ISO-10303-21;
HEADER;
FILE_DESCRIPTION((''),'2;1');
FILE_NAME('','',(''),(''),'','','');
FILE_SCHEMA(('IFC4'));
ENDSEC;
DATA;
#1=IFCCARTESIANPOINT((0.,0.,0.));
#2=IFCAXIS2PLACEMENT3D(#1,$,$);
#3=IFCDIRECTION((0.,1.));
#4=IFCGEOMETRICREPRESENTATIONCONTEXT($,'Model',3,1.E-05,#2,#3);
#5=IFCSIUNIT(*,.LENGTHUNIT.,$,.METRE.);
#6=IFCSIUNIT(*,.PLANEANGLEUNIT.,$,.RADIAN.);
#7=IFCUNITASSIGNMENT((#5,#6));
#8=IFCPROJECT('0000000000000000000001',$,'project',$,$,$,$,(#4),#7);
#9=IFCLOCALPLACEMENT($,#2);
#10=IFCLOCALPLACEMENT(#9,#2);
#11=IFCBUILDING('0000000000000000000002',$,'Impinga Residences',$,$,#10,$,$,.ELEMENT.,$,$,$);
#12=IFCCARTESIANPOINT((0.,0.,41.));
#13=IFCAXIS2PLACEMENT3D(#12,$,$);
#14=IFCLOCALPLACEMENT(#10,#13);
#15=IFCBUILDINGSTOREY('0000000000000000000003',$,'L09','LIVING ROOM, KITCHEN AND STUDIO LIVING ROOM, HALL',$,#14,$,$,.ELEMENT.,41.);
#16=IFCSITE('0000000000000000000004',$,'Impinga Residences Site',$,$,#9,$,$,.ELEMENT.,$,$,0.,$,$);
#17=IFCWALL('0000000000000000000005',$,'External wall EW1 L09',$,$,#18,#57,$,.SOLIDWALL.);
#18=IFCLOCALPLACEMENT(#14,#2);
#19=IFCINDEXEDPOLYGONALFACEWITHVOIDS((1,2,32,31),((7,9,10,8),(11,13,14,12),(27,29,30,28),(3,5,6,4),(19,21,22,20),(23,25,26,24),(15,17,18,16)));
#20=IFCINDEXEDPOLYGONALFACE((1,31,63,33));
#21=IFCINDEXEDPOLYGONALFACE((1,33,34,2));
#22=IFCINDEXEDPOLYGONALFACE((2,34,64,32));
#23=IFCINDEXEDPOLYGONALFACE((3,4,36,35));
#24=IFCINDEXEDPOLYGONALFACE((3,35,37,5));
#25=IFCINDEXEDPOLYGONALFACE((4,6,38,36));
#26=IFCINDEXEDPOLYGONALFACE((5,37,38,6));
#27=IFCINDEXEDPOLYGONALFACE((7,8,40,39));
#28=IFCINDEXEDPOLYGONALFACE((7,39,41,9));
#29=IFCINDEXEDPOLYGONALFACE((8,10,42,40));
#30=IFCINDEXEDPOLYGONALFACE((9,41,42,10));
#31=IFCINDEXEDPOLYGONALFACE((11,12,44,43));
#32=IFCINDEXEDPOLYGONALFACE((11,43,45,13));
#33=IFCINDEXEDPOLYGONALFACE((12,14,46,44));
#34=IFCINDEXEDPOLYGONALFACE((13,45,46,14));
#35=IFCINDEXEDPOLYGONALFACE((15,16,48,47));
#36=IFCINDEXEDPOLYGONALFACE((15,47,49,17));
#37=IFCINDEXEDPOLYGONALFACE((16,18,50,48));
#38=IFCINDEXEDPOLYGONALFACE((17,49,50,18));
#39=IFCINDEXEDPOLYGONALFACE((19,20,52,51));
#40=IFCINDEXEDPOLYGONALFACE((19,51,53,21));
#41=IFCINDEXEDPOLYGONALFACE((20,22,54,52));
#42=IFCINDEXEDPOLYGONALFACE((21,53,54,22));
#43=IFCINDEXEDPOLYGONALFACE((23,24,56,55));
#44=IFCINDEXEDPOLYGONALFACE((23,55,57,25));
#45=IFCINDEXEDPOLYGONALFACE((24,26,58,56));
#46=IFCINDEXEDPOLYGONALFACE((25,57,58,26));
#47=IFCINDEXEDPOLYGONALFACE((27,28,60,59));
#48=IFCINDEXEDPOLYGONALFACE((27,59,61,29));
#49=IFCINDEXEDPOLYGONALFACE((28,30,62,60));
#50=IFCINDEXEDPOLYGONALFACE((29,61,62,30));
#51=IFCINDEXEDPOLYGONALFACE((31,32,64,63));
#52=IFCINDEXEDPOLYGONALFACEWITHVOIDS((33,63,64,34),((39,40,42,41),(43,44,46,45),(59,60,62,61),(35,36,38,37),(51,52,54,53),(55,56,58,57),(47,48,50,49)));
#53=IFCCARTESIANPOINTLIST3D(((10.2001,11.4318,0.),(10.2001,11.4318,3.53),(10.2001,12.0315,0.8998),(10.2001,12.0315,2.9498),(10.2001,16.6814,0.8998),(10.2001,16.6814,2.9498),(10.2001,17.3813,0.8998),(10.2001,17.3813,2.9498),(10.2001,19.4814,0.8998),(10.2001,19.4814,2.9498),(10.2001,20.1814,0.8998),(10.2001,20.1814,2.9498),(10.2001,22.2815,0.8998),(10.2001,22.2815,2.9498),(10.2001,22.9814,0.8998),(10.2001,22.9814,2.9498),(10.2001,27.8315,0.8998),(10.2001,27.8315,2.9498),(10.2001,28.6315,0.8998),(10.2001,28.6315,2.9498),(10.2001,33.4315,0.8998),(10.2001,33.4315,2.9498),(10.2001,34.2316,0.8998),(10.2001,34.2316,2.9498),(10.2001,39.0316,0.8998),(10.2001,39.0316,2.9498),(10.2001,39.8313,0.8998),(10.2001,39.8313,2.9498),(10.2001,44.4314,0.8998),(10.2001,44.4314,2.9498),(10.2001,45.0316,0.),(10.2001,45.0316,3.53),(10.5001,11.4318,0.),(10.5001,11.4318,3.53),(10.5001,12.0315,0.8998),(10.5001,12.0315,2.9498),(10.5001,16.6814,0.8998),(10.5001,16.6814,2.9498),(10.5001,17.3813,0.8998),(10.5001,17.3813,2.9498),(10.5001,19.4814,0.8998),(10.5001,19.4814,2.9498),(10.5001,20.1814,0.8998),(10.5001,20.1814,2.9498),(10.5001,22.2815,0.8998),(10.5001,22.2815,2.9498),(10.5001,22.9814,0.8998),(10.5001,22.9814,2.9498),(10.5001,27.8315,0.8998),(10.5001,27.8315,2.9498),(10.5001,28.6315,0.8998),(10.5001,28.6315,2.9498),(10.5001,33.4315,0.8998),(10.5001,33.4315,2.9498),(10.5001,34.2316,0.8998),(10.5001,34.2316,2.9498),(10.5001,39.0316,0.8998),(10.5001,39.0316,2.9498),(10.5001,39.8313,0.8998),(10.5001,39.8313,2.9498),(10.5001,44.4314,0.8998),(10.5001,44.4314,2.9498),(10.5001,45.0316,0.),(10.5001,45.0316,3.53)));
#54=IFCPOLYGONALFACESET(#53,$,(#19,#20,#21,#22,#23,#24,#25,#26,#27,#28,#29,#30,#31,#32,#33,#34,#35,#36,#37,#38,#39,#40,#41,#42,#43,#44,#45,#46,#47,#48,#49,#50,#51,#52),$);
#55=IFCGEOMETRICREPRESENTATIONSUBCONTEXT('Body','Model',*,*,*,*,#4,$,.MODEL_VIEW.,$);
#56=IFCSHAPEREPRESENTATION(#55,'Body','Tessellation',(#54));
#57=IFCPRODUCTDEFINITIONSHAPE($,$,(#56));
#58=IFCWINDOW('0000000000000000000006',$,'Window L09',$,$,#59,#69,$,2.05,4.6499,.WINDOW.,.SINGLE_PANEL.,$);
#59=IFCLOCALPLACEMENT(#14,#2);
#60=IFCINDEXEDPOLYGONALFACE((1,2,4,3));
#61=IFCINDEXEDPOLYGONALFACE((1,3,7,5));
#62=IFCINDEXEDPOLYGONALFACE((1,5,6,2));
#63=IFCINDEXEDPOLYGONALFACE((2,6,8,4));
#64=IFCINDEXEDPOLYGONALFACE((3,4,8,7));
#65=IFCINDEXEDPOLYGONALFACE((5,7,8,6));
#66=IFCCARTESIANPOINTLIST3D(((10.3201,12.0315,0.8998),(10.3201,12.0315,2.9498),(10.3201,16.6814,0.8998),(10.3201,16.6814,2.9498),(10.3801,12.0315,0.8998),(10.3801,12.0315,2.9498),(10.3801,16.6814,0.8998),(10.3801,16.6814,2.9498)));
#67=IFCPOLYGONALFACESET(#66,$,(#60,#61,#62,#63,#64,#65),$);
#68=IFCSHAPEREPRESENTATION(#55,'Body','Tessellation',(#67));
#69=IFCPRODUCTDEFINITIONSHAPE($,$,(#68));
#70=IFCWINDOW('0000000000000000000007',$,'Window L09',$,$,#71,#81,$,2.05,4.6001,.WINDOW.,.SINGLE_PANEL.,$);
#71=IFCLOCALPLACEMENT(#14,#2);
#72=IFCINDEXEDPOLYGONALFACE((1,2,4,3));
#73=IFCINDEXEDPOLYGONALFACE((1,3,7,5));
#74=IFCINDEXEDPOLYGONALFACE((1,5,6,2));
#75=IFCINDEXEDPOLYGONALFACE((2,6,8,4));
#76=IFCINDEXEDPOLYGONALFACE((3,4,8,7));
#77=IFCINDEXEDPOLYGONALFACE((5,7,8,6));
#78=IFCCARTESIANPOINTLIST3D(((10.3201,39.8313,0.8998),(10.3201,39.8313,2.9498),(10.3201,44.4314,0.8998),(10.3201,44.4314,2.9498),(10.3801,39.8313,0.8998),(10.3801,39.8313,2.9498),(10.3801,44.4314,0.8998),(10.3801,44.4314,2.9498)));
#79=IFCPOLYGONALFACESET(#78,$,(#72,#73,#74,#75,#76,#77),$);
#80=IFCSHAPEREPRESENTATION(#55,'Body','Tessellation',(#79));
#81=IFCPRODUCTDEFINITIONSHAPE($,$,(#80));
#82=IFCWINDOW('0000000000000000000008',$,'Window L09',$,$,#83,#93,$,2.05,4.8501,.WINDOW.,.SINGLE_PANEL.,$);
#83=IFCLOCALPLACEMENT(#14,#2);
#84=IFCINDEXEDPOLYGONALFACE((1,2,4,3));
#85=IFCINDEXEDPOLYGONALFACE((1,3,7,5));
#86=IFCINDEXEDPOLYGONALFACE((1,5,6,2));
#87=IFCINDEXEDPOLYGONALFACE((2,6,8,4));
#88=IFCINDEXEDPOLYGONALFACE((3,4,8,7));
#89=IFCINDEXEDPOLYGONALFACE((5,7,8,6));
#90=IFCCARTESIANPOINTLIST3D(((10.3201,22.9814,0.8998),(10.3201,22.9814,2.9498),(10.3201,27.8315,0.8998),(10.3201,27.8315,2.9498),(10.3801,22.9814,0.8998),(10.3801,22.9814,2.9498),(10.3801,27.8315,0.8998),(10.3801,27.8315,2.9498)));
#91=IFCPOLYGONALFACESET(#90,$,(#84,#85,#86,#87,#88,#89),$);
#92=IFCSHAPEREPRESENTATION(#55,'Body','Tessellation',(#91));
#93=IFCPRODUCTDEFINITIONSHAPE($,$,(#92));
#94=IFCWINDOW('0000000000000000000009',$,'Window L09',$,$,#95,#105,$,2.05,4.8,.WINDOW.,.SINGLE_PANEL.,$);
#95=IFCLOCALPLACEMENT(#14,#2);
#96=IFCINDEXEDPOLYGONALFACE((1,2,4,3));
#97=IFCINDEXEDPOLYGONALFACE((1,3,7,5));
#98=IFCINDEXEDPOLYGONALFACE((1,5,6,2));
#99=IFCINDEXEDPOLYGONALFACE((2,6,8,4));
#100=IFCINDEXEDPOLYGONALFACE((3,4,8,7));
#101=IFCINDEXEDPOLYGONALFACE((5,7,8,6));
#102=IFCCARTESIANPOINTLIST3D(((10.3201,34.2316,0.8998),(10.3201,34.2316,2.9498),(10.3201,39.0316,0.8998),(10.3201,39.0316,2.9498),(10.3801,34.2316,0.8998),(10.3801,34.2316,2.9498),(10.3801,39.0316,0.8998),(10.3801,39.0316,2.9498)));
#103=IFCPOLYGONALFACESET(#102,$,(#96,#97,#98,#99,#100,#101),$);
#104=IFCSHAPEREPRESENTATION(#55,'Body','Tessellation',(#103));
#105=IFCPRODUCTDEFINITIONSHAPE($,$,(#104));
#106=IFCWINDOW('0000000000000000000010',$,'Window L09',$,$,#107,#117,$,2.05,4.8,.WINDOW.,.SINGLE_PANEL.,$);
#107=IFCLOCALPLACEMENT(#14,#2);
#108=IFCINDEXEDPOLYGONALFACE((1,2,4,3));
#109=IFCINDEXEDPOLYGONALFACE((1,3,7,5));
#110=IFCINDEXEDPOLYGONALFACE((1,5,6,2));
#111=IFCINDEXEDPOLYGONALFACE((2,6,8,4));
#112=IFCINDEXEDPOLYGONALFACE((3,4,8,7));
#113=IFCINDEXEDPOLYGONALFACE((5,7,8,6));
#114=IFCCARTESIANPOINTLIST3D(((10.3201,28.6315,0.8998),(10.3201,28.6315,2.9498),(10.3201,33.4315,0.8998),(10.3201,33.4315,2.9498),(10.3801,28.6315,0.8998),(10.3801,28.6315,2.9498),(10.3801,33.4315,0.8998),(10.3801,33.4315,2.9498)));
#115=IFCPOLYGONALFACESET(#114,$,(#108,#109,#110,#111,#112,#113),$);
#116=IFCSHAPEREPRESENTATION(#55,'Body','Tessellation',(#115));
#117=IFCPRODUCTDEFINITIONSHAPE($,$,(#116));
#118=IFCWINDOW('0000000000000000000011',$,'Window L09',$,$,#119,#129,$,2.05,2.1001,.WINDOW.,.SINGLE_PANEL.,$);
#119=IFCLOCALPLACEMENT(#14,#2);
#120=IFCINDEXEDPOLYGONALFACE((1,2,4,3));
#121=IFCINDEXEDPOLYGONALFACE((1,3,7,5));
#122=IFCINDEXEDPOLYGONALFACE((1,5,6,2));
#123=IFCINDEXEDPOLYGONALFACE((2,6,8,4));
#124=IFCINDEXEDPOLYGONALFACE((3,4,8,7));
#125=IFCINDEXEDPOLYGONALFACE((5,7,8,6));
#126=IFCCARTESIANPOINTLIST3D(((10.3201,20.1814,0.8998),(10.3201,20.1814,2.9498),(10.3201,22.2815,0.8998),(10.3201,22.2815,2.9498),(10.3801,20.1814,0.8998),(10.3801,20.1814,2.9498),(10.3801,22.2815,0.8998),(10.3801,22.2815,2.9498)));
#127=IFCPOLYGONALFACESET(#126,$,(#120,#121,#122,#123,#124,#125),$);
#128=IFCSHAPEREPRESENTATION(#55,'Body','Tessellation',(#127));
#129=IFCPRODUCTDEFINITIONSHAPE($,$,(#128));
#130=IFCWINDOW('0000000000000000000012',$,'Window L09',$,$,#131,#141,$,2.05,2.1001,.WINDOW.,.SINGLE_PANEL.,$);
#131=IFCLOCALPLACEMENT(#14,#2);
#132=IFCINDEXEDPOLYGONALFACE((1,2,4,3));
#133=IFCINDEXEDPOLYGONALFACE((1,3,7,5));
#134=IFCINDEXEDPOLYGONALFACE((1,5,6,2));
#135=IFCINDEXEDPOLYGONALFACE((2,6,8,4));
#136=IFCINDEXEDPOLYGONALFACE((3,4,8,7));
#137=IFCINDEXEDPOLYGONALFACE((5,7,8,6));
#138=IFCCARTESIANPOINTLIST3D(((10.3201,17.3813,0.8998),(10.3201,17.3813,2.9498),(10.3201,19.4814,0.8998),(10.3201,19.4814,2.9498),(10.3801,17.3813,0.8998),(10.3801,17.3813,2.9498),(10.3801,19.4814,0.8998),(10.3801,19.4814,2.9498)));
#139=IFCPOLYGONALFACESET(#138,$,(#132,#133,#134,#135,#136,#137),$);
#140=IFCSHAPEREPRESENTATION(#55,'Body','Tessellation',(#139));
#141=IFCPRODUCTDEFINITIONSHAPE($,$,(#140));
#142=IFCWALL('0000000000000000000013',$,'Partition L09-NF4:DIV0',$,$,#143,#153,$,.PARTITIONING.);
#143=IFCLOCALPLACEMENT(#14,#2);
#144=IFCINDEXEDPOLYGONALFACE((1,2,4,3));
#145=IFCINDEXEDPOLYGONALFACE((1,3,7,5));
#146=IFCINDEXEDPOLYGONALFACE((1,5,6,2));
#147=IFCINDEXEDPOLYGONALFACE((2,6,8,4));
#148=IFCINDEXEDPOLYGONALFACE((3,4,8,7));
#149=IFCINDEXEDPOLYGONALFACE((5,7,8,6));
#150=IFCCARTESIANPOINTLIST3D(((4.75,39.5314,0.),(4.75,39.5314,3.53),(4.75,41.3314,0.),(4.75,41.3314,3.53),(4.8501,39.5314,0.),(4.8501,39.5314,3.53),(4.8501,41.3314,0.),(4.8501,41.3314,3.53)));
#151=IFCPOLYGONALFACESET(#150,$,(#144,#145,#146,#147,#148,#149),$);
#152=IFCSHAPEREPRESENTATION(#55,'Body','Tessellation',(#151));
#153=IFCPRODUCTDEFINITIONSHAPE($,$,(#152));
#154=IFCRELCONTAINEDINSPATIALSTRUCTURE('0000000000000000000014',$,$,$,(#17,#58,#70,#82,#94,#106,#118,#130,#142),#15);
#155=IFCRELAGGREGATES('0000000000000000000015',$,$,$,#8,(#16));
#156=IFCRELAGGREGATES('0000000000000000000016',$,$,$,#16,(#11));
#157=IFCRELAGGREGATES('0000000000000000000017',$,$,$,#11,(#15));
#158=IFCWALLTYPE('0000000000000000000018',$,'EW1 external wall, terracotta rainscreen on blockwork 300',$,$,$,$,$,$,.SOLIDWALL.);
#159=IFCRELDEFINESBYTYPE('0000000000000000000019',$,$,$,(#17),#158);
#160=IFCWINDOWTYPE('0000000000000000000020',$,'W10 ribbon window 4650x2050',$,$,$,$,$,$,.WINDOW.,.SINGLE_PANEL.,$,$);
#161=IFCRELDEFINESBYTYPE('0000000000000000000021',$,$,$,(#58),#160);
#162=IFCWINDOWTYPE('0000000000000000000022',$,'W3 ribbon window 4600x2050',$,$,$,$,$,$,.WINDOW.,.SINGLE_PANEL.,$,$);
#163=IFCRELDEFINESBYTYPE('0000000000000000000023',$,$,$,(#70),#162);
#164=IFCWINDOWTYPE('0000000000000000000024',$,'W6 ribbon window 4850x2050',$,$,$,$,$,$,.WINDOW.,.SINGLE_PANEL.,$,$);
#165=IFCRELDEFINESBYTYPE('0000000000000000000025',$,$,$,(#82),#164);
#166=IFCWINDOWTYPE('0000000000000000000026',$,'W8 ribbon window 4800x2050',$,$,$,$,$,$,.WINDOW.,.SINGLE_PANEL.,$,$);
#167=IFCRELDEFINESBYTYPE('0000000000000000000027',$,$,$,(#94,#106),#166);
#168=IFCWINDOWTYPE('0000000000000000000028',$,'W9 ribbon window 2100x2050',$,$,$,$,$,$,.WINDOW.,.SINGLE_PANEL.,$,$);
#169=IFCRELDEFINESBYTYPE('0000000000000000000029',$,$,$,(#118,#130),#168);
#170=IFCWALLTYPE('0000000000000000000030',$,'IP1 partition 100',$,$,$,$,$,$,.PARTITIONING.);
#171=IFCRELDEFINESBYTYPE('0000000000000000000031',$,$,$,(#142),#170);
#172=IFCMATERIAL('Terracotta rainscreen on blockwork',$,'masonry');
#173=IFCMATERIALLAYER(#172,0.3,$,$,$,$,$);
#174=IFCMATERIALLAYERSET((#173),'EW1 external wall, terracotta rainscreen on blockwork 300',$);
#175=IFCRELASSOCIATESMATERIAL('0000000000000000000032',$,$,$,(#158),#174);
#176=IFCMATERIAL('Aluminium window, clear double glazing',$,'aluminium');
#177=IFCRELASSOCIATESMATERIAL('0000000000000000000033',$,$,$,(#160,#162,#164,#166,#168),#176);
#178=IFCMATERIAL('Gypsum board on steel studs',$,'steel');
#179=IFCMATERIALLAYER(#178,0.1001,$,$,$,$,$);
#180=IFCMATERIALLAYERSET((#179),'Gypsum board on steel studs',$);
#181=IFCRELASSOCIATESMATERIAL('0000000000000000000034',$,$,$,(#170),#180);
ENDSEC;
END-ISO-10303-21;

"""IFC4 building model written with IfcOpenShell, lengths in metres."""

from ifc_helpers import new_model, si_unit, direction, frame, frame_2d, origin, place, context, subcontext, project, spatial, rectangle, extrude, material, layer, layer_set, type_object, element, fill, save


model = new_model("IFC4")

# Units and contexts
model_context = context("Model", 3, precision=1e-05, world=origin(), true_north=direction((0.0, 1.0)))
body_context = subcontext(model_context, "Body", "Model", "MODEL_VIEW")
ifc_project = project(units=[si_unit("LENGTHUNIT", "METRE"), si_unit("PLANEANGLEUNIT", "RADIAN")], contexts=[model_context])

# Site, building, storey
site_placement = place(None, origin())
site = spatial("IfcSite", under=ifc_project, at=site_placement, Name="Impinga Residences Site", CompositionType="ELEMENT", RefElevation=0.0)
building_placement = place(site_placement, origin())
building = spatial("IfcBuilding", under=site, at=building_placement, Name="Impinga Residences", CompositionType="ELEMENT")
storey_placement = place(building_placement, frame((0.0, 0.0, 41.0)))
storey = spatial("IfcBuildingStorey", under=building, at=storey_placement, Name="L09", Description="LIVING ROOM, KITCHEN AND STUDIO LIVING ROOM, HALL", CompositionType="ELEMENT", Elevation=41.0)

# Shared definitions
ifc_material_1 = material(Name="Terracotta rainscreen on blockwork", Category="masonry")
ifc_layer_1 = layer(ifc_material_1, 0.3)
ifc_layer_set_1 = layer_set([ifc_layer_1], Name="EW1 external wall, terracotta rainscreen on blockwork 300")
wall_type_1 = type_object("IfcWallType", Name="EW1 external wall, terracotta rainscreen on blockwork 300", PredefinedType="SOLIDWALL", material=ifc_layer_set_1)

# Wall, openings, windows
wall_1_placement = place(storey_placement, frame((10.3501, 45.0315, 0.0), z_axis=(0.0, 0.0, 1.0), x_axis=(0.0, -1.0, 0.0)))
wall_1 = element("IfcWall", 1, at=wall_1_placement, inside=storey, type_object=wall_type_1, Name="External wall EW1 L09", PredefinedType="SOLIDWALL", context=body_context, shape_type="SweptSolid", body=[
    extrude(rectangle(XDim=33.5999, YDim=0.3, at=frame_2d((16.7998, 0.0))), origin(), (0.0, 0.0, 1.0), 3.53),
])
opening_1_placement = place(wall_1_placement, frame((0.6001, 0.0, 0.8999)))
opening_1 = element("IfcOpeningElement", 2, at=opening_1_placement, cuts=wall_1, PredefinedType="OPENING", context=body_context, shape_type="SweptSolid", body=[
    extrude(rectangle(XDim=4.6001, YDim=2.05, at=frame_2d((2.3, 1.0249))), frame((0.0, 0.1599, 0.0), z_axis=(0.0, -1.0, 0.0), x_axis=(1.0, 0.0, 0.0)), (0.0, 0.0, 1.0), 0.3201),
])
opening_2_placement = place(wall_1_placement, frame((6.0, 0.0, 0.8999)))
opening_2 = element("IfcOpeningElement", 3, at=opening_2_placement, cuts=wall_1, PredefinedType="OPENING", context=body_context, shape_type="SweptSolid", body=[
    extrude(rectangle(XDim=4.8, YDim=2.05, at=frame_2d((2.3999, 1.0249))), frame((0.0, 0.1599, 0.0), z_axis=(0.0, -1.0, 0.0), x_axis=(1.0, 0.0, 0.0)), (0.0, 0.0, 1.0), 0.3201),
])
opening_3_placement = place(wall_1_placement, frame((11.6001, 0.0, 0.8999)))
opening_3 = element("IfcOpeningElement", 4, at=opening_3_placement, cuts=wall_1, PredefinedType="OPENING", context=body_context, shape_type="SweptSolid", body=[
    extrude(rectangle(XDim=4.8, YDim=2.05, at=frame_2d((2.3999, 1.0249))), frame((0.0, 0.1599, 0.0), z_axis=(0.0, -1.0, 0.0), x_axis=(1.0, 0.0, 0.0)), (0.0, 0.0, 1.0), 0.3201),
])
opening_4_placement = place(wall_1_placement, frame((17.2, 0.0, 0.8999)))
opening_4 = element("IfcOpeningElement", 5, at=opening_4_placement, cuts=wall_1, PredefinedType="OPENING", context=body_context, shape_type="SweptSolid", body=[
    extrude(rectangle(XDim=4.8501, YDim=2.05, at=frame_2d((2.425, 1.0249))), frame((0.0, 0.1599, 0.0), z_axis=(0.0, -1.0, 0.0), x_axis=(1.0, 0.0, 0.0)), (0.0, 0.0, 1.0), 0.3201),
])
opening_5_placement = place(wall_1_placement, frame((22.75, 0.0, 0.8999)))
opening_5 = element("IfcOpeningElement", 6, at=opening_5_placement, cuts=wall_1, PredefinedType="OPENING", context=body_context, shape_type="SweptSolid", body=[
    extrude(rectangle(XDim=2.1001, YDim=2.05, at=frame_2d((1.05, 1.0249))), frame((0.0, 0.1599, 0.0), z_axis=(0.0, -1.0, 0.0), x_axis=(1.0, 0.0, 0.0)), (0.0, 0.0, 1.0), 0.3201),
])
opening_6_placement = place(wall_1_placement, frame((25.55, 0.0, 0.8999)))
opening_6 = element("IfcOpeningElement", 7, at=opening_6_placement, cuts=wall_1, PredefinedType="OPENING", context=body_context, shape_type="SweptSolid", body=[
    extrude(rectangle(XDim=2.1001, YDim=2.05, at=frame_2d((1.05, 1.0249))), frame((0.0, 0.1599, 0.0), z_axis=(0.0, -1.0, 0.0), x_axis=(1.0, 0.0, 0.0)), (0.0, 0.0, 1.0), 0.3201),
])
opening_7_placement = place(wall_1_placement, frame((28.3501, 0.0, 0.8999)))
opening_7 = element("IfcOpeningElement", 8, at=opening_7_placement, cuts=wall_1, PredefinedType="OPENING", context=body_context, shape_type="SweptSolid", body=[
    extrude(rectangle(XDim=4.6499, YDim=2.05, at=frame_2d((2.325, 1.0249))), frame((0.0, 0.1599, 0.0), z_axis=(0.0, -1.0, 0.0), x_axis=(1.0, 0.0, 0.0)), (0.0, 0.0, 1.0), 0.3201),
])
ifc_material_2 = material(Name="Aluminium window, clear double glazing", Category="aluminium")
window_type_1 = type_object("IfcWindowType", Name="W10 ribbon window 4650x2050", PartitioningType="SINGLE_PANEL", PredefinedType="WINDOW", material=ifc_material_2)
window_1_placement = place(opening_7_placement, origin())
window_1 = element("IfcWindow", 9, at=window_1_placement, inside=storey, type_object=window_type_1, Name="Window L09", OverallHeight=2.05, OverallWidth=4.6499, PartitioningType="SINGLE_PANEL", PredefinedType="WINDOW", context=body_context, shape_type="SweptSolid", body=[
    extrude(rectangle(XDim=4.6499, YDim=2.05, at=frame_2d((2.325, 1.0249))), frame((0.0, 0.03, 0.0), z_axis=(0.0, -1.0, 0.0), x_axis=(1.0, 0.0, 0.0)), (0.0, 0.0, 1.0), 0.0601),
])
fill(opening_7, window_1)
window_type_2 = type_object("IfcWindowType", Name="W3 ribbon window 4600x2050", PartitioningType="SINGLE_PANEL", PredefinedType="WINDOW", material=ifc_material_2)
window_2_placement = place(opening_1_placement, origin())
window_2 = element("IfcWindow", 10, at=window_2_placement, inside=storey, type_object=window_type_2, Name="Window L09", OverallHeight=2.05, OverallWidth=4.6001, PartitioningType="SINGLE_PANEL", PredefinedType="WINDOW", context=body_context, shape_type="SweptSolid", body=[
    extrude(rectangle(XDim=4.6001, YDim=2.05, at=frame_2d((2.3, 1.0249))), frame((0.0, 0.03, 0.0), z_axis=(0.0, -1.0, 0.0), x_axis=(1.0, 0.0, 0.0)), (0.0, 0.0, 1.0), 0.0601),
])
fill(opening_1, window_2)
window_type_3 = type_object("IfcWindowType", Name="W6 ribbon window 4850x2050", PartitioningType="SINGLE_PANEL", PredefinedType="WINDOW", material=ifc_material_2)
window_3_placement = place(opening_4_placement, origin())
window_3 = element("IfcWindow", 11, at=window_3_placement, inside=storey, type_object=window_type_3, Name="Window L09", OverallHeight=2.05, OverallWidth=4.8501, PartitioningType="SINGLE_PANEL", PredefinedType="WINDOW", context=body_context, shape_type="SweptSolid", body=[
    extrude(rectangle(XDim=4.8501, YDim=2.05, at=frame_2d((2.425, 1.0249))), frame((0.0, 0.03, 0.0), z_axis=(0.0, -1.0, 0.0), x_axis=(1.0, 0.0, 0.0)), (0.0, 0.0, 1.0), 0.0601),
])
fill(opening_4, window_3)
window_type_4 = type_object("IfcWindowType", Name="W8 ribbon window 4800x2050", PartitioningType="SINGLE_PANEL", PredefinedType="WINDOW", material=ifc_material_2)
window_4_placement = place(opening_2_placement, origin())
window_4 = element("IfcWindow", 12, at=window_4_placement, inside=storey, type_object=window_type_4, Name="Window L09", OverallHeight=2.05, OverallWidth=4.8, PartitioningType="SINGLE_PANEL", PredefinedType="WINDOW", context=body_context, shape_type="SweptSolid", body=[
    extrude(rectangle(XDim=4.8, YDim=2.05, at=frame_2d((2.3999, 1.0249))), frame((0.0, 0.03, 0.0), z_axis=(0.0, -1.0, 0.0), x_axis=(1.0, 0.0, 0.0)), (0.0, 0.0, 1.0), 0.0601),
])
fill(opening_2, window_4)
window_5_placement = place(opening_3_placement, origin())
window_5 = element("IfcWindow", 13, at=window_5_placement, inside=storey, type_object=window_type_4, Name="Window L09", OverallHeight=2.05, OverallWidth=4.8, PartitioningType="SINGLE_PANEL", PredefinedType="WINDOW", context=body_context, shape_type="SweptSolid", body=[
    extrude(rectangle(XDim=4.8, YDim=2.05, at=frame_2d((2.3999, 1.0249))), frame((0.0, 0.03, 0.0), z_axis=(0.0, -1.0, 0.0), x_axis=(1.0, 0.0, 0.0)), (0.0, 0.0, 1.0), 0.0601),
])
fill(opening_3, window_5)
window_type_5 = type_object("IfcWindowType", Name="W9 ribbon window 2100x2050", PartitioningType="SINGLE_PANEL", PredefinedType="WINDOW", material=ifc_material_2)
window_6_placement = place(opening_5_placement, origin())
window_6 = element("IfcWindow", 14, at=window_6_placement, inside=storey, type_object=window_type_5, Name="Window L09", OverallHeight=2.05, OverallWidth=2.1001, PartitioningType="SINGLE_PANEL", PredefinedType="WINDOW", context=body_context, shape_type="SweptSolid", body=[
    extrude(rectangle(XDim=2.1001, YDim=2.05, at=frame_2d((1.05, 1.0249))), frame((0.0, 0.03, 0.0), z_axis=(0.0, -1.0, 0.0), x_axis=(1.0, 0.0, 0.0)), (0.0, 0.0, 1.0), 0.0601),
])
fill(opening_5, window_6)
window_7_placement = place(opening_6_placement, origin())
window_7 = element("IfcWindow", 15, at=window_7_placement, inside=storey, type_object=window_type_5, Name="Window L09", OverallHeight=2.05, OverallWidth=2.1001, PartitioningType="SINGLE_PANEL", PredefinedType="WINDOW", context=body_context, shape_type="SweptSolid", body=[
    extrude(rectangle(XDim=2.1001, YDim=2.05, at=frame_2d((1.05, 1.0249))), frame((0.0, 0.03, 0.0), z_axis=(0.0, -1.0, 0.0), x_axis=(1.0, 0.0, 0.0)), (0.0, 0.0, 1.0), 0.0601),
])
fill(opening_6, window_7)

# Wall
ifc_material_3 = material(Name="Gypsum board on steel studs", Category="steel")
ifc_layer_2 = layer(ifc_material_3, 0.1001)
ifc_layer_set_2 = layer_set([ifc_layer_2], Name="Gypsum board on steel studs")
wall_type_2 = type_object("IfcWallType", Name="IP1 partition 100", PredefinedType="PARTITIONING", material=ifc_layer_set_2)
wall_2_placement = place(storey_placement, frame((4.8, 39.5315, 0.0), z_axis=(0.0, 0.0, 1.0), x_axis=(0.0, 1.0, 0.0)))
element("IfcWall", 16, at=wall_2_placement, inside=storey, type_object=wall_type_2, Name="Partition L09-NF4:DIV0", PredefinedType="PARTITIONING", context=body_context, shape_type="SweptSolid", body=[
    extrude(rectangle(XDim=1.8, YDim=0.1001, at=frame_2d((0.8999, 0.0))), origin(), (0.0, 0.0, 1.0), 3.53),
])

save(model, "model.ifc")
